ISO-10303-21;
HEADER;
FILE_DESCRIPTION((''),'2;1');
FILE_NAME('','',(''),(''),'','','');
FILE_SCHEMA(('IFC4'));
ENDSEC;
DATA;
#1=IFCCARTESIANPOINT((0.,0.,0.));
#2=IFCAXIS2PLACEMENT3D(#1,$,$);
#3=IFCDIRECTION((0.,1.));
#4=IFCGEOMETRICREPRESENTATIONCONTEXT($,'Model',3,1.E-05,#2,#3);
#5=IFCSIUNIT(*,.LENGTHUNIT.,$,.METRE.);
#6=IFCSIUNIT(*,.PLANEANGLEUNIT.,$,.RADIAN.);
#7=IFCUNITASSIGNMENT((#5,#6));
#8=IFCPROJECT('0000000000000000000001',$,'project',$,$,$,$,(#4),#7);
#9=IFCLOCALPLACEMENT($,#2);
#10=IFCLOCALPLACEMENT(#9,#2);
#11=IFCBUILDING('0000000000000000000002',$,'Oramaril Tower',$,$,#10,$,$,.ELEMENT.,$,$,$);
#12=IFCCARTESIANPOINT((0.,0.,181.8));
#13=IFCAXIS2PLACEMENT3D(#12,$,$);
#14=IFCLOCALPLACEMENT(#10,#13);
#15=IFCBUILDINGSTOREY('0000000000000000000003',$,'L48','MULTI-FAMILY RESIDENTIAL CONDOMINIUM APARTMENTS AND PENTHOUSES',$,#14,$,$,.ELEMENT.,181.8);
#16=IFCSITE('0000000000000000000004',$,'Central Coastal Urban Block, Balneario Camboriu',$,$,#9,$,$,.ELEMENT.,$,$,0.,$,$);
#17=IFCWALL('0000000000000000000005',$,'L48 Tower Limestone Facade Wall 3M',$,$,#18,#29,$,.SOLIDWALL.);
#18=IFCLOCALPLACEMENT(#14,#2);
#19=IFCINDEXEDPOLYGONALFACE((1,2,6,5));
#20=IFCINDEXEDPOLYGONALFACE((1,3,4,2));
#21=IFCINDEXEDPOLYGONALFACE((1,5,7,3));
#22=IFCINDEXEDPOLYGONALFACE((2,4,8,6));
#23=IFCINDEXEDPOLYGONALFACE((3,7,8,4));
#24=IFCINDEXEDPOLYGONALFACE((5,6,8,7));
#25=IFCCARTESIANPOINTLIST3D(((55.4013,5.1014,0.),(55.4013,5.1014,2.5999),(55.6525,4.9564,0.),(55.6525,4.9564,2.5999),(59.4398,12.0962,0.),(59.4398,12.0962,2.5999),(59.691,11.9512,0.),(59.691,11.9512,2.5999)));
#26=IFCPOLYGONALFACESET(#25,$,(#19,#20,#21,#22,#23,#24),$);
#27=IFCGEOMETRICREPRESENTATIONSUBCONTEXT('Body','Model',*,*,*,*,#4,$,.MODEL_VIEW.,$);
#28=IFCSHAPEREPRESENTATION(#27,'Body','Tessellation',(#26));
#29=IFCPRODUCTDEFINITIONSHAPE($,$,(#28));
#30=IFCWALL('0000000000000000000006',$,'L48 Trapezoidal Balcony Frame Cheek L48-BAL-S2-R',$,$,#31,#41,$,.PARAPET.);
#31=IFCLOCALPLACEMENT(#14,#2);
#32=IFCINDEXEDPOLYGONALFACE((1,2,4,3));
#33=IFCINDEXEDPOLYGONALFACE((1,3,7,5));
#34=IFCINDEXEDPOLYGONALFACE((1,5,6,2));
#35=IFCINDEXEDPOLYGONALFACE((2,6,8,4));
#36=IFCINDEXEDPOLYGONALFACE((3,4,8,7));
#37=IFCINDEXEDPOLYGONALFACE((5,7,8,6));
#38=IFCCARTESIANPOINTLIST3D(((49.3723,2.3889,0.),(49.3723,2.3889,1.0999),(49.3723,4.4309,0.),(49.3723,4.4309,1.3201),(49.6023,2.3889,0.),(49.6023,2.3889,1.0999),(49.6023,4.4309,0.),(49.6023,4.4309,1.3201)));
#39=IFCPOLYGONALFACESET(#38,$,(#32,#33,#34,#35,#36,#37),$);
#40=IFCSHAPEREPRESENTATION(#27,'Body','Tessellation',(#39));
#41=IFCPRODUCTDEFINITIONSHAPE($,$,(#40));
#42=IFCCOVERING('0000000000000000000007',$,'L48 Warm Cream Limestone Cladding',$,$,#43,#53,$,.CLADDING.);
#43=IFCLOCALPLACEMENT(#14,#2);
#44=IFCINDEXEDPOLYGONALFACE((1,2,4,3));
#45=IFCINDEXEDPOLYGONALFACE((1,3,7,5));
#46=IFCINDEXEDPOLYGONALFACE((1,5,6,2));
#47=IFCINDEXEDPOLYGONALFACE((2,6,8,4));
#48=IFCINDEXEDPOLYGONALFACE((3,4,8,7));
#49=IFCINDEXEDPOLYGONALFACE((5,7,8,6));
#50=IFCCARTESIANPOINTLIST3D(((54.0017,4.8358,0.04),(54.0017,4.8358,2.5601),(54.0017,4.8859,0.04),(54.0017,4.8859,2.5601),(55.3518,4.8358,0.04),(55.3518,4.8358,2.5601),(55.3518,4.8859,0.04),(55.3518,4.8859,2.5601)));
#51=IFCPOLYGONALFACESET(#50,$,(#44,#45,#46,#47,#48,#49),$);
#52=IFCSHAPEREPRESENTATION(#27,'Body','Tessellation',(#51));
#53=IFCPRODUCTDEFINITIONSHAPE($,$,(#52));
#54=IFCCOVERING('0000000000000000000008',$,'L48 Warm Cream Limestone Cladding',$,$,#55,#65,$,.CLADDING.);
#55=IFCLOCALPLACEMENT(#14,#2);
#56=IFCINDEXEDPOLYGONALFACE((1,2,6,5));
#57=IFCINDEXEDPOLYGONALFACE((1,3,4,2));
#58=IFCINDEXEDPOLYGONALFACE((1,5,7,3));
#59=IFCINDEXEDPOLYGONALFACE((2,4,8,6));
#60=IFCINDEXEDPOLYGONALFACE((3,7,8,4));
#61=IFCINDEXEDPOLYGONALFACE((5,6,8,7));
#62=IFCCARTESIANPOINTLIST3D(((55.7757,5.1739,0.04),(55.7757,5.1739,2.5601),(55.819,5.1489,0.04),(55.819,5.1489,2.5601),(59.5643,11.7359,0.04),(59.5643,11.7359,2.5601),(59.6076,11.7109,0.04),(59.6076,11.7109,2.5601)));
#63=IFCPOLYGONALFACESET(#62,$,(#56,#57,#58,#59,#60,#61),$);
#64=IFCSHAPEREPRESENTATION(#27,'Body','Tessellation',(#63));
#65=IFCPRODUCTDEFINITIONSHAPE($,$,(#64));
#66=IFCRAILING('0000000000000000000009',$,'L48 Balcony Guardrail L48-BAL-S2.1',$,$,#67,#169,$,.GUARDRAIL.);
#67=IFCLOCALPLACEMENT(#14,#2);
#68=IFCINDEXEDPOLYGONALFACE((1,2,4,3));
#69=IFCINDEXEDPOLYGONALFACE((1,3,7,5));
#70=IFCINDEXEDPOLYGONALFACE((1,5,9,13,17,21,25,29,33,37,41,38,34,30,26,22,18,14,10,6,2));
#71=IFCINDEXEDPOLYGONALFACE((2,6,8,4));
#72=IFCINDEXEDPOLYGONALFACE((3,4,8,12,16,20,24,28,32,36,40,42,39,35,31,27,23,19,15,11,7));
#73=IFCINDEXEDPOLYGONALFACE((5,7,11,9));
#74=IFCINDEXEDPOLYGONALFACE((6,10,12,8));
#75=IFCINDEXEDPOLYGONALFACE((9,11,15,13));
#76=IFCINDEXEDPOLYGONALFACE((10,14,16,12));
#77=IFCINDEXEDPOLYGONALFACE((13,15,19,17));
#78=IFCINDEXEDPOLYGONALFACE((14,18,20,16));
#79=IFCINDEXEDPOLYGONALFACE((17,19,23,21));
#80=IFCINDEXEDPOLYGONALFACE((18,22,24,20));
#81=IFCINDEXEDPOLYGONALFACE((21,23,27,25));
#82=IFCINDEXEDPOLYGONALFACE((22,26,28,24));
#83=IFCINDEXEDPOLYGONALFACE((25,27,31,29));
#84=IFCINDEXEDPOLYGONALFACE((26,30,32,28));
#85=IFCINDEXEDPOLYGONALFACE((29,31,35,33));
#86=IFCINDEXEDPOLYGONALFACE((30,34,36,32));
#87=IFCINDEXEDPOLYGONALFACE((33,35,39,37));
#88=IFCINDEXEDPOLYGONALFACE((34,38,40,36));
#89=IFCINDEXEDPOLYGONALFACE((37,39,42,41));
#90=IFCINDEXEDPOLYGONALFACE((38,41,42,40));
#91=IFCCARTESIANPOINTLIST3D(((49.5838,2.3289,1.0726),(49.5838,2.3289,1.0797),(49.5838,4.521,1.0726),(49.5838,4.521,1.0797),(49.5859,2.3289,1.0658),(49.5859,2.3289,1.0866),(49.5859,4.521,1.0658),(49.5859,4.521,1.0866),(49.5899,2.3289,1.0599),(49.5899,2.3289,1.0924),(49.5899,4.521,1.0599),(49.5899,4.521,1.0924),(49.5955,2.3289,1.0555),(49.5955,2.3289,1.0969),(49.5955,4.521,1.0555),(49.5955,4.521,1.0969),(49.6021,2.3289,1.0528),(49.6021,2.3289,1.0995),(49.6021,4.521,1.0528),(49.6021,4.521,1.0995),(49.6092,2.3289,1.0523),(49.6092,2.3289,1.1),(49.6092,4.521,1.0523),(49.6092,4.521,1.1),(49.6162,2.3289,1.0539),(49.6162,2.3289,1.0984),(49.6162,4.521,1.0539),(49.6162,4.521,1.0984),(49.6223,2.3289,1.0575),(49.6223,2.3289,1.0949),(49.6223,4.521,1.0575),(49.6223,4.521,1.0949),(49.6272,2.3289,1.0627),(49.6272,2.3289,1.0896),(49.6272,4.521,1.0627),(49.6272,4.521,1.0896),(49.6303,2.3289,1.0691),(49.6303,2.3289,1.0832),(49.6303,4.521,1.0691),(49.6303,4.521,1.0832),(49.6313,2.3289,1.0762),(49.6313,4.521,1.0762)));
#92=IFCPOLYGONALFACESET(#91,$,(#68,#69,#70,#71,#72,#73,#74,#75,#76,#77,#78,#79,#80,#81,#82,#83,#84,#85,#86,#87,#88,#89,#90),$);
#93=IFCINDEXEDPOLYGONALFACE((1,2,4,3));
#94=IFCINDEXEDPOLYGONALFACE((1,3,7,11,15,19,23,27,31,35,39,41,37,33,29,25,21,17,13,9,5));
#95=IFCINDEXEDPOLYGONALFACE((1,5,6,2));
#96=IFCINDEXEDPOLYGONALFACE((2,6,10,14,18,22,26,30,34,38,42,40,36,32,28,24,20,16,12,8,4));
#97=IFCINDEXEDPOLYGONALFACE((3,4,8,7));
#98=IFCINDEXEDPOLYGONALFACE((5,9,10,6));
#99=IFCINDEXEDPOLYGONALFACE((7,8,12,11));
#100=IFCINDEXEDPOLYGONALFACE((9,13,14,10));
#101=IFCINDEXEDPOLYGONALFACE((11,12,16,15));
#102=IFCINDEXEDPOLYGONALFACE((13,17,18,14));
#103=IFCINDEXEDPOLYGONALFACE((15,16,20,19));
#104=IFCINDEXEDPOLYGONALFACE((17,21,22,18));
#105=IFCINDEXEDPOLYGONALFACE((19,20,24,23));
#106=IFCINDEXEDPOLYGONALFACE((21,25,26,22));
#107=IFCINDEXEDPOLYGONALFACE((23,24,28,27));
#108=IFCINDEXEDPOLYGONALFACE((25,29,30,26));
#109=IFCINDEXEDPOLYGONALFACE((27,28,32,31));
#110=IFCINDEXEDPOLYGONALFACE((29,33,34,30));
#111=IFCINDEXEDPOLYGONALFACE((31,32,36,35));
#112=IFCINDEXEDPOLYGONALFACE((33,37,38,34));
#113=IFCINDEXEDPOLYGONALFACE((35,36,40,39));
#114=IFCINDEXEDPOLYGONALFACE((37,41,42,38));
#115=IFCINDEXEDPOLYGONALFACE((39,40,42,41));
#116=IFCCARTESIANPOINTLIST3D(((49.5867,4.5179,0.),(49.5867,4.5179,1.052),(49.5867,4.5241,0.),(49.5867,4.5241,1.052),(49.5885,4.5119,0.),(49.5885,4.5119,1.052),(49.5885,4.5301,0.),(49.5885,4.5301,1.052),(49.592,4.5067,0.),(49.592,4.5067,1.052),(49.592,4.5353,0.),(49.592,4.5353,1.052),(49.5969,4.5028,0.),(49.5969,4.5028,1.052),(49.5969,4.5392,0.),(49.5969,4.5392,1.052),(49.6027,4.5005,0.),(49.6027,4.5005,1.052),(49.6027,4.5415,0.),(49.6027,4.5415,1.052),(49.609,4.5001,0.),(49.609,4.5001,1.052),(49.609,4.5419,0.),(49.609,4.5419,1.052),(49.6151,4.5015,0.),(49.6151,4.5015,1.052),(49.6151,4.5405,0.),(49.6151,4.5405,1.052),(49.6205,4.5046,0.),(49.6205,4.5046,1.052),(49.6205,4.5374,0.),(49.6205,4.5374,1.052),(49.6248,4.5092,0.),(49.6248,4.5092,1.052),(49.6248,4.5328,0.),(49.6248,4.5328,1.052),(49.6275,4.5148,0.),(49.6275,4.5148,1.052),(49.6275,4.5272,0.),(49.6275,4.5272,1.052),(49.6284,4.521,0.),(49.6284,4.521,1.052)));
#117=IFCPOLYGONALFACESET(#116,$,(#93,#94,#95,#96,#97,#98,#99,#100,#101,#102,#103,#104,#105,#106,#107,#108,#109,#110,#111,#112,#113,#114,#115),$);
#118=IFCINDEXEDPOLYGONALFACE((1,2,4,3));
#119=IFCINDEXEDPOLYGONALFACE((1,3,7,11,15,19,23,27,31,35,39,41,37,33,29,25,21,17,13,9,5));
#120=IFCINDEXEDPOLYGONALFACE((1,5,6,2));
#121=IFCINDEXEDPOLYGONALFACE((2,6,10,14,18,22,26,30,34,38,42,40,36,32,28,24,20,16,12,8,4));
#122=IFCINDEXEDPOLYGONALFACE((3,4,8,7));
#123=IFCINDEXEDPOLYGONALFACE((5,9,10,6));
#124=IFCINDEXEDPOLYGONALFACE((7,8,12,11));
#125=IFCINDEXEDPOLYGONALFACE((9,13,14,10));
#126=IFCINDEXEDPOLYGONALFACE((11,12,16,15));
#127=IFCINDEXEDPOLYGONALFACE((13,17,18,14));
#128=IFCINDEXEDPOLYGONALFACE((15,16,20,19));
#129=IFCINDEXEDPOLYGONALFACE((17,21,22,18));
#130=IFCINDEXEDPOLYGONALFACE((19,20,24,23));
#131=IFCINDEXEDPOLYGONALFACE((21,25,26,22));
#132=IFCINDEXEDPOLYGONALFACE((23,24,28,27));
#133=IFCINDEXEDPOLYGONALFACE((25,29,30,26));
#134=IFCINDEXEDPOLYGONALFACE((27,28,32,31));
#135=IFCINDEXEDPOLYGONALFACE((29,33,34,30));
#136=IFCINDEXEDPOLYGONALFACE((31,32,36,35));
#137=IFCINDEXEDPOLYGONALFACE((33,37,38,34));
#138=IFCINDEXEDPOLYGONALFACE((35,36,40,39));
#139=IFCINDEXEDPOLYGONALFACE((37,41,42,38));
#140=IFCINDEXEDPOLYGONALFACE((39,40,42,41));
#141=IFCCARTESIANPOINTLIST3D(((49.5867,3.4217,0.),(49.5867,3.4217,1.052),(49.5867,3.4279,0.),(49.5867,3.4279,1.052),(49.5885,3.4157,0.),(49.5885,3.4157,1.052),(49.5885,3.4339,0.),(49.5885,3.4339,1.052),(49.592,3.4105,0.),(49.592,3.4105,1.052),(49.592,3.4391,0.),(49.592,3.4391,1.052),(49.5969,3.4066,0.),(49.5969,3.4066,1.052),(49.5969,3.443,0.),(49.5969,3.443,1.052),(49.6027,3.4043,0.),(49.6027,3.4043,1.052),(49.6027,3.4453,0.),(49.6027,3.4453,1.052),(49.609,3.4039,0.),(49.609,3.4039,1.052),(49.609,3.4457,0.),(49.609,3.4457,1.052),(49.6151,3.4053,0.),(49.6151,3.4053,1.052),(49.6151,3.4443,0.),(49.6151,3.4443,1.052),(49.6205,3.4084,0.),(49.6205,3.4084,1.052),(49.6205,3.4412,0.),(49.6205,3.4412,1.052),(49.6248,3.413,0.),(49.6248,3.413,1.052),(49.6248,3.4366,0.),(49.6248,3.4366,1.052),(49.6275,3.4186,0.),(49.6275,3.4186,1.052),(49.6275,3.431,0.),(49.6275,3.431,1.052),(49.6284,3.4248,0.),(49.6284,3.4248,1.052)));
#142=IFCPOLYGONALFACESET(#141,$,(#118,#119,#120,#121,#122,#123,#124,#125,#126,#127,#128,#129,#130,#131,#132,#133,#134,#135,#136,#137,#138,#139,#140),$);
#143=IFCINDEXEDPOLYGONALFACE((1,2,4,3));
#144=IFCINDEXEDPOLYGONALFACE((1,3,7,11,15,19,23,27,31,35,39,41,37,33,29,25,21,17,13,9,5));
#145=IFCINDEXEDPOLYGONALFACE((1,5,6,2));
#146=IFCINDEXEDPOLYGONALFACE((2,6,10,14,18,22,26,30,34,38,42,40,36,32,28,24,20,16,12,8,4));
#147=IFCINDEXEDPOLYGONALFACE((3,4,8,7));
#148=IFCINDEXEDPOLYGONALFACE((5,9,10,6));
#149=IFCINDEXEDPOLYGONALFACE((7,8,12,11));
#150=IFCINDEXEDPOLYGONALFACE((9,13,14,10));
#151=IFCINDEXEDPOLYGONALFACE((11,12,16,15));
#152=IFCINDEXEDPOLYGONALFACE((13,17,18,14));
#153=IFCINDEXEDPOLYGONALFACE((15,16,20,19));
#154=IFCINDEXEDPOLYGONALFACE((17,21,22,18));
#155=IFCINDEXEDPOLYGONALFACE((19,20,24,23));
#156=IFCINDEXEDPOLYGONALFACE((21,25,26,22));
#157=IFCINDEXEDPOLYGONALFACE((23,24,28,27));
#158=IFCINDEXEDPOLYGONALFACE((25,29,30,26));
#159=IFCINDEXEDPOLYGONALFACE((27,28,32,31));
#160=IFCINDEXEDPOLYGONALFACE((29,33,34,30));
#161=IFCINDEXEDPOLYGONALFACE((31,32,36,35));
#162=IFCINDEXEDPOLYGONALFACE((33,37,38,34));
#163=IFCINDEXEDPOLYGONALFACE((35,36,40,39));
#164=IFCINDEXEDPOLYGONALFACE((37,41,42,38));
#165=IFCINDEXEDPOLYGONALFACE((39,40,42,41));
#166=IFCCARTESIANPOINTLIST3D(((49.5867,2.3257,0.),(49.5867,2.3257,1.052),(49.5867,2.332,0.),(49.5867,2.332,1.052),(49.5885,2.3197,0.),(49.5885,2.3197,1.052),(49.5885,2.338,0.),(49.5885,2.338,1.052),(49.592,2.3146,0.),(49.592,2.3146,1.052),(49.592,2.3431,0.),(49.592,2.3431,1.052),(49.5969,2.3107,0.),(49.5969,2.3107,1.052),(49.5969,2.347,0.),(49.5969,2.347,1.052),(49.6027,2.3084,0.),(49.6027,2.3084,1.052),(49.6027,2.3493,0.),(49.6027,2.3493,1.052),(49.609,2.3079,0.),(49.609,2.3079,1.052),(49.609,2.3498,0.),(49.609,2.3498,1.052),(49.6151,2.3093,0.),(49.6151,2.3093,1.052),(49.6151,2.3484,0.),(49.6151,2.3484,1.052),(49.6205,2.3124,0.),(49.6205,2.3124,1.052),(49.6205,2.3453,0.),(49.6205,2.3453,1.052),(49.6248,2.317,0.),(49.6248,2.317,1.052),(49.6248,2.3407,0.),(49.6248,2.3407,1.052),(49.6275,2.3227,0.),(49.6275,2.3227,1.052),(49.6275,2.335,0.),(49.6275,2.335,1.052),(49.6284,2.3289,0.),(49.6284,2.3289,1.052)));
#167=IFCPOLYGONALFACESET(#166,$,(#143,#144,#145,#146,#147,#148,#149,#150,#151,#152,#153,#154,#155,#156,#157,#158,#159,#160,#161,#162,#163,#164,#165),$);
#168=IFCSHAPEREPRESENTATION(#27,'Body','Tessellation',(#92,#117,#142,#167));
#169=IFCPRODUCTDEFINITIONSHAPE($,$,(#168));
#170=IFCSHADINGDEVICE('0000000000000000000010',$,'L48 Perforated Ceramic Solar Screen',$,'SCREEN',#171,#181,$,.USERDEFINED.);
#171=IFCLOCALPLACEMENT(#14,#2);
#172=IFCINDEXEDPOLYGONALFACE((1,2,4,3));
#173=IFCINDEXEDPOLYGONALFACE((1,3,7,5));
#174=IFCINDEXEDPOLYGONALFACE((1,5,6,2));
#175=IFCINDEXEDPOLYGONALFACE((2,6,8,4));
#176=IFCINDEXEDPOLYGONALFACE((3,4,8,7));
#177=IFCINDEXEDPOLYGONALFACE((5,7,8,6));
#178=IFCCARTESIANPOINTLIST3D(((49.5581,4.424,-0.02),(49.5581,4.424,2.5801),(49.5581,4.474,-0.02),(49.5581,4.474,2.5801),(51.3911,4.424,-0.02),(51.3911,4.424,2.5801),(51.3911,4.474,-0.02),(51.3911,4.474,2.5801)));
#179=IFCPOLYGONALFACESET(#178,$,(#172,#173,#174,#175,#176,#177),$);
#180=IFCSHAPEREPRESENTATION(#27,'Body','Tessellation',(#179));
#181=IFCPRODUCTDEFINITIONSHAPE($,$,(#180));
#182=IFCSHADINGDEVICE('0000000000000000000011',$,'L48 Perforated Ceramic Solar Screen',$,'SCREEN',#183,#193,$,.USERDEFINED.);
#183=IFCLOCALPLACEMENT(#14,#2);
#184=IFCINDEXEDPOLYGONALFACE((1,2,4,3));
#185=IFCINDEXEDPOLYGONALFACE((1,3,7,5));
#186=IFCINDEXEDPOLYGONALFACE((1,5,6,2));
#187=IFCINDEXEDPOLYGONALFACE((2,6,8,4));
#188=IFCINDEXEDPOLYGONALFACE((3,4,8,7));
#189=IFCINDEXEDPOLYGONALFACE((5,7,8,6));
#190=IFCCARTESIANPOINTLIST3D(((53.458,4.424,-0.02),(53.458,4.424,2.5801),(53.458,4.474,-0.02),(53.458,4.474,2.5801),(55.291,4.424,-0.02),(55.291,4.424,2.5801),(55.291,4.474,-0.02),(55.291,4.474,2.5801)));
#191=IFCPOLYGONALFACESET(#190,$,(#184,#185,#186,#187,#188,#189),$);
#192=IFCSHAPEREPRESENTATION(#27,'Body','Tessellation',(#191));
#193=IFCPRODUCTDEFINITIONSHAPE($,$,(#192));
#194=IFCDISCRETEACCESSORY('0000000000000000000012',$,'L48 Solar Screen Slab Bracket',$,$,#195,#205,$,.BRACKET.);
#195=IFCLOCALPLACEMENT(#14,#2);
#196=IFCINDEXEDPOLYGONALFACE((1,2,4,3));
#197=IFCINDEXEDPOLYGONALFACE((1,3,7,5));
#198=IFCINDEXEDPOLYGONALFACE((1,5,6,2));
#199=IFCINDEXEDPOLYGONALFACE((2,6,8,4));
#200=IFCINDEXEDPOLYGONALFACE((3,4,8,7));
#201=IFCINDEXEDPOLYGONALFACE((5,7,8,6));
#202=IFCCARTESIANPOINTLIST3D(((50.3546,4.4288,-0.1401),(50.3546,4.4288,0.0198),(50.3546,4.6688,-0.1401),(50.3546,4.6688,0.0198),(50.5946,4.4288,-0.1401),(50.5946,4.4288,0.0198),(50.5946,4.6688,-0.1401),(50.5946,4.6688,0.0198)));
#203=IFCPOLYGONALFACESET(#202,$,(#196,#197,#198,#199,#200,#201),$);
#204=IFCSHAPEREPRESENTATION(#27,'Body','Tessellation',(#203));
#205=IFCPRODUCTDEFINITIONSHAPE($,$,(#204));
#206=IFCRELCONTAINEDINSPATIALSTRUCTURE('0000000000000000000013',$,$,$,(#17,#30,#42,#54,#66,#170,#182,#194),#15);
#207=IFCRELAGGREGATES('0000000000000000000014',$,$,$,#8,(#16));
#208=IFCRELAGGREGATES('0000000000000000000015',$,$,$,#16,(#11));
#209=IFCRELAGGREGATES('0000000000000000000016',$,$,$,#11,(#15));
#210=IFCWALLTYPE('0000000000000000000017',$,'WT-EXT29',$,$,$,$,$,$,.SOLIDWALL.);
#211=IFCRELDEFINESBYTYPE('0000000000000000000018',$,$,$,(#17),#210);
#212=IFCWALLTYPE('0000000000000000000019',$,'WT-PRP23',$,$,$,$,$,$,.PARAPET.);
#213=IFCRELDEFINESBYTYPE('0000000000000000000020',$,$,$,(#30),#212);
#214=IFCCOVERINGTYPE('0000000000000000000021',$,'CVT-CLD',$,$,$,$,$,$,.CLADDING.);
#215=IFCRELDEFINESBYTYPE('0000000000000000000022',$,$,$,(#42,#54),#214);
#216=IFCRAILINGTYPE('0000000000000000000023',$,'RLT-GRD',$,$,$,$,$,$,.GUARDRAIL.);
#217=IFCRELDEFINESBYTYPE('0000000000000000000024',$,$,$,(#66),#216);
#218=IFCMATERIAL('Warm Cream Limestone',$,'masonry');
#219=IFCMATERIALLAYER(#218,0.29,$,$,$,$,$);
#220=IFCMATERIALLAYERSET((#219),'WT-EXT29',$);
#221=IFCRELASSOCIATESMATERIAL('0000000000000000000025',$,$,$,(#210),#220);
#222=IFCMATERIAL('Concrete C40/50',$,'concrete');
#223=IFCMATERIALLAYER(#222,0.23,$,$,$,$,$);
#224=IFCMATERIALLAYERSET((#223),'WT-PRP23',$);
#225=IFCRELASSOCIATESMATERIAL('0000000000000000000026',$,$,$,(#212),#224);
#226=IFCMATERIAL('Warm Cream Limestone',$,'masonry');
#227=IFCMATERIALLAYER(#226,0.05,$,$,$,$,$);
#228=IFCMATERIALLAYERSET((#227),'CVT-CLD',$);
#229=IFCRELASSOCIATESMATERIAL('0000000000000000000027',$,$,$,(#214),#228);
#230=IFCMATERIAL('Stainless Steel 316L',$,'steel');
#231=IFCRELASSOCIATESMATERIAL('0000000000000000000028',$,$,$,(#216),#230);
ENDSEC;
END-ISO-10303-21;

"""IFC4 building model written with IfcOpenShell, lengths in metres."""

from ifc_helpers import new_model, si_unit, direction, frame, frame_2d, origin, origin_2d, place, context, subcontext, project, spatial, polyline, rectangle, circle, outline, extrude, material, layer, layer_set, type_object, element, save


model = new_model("IFC4")

# Units and contexts
model_context = context("Model", 3, precision=1e-05, world=origin(), true_north=direction((0.0, 1.0)))
body_context = subcontext(model_context, "Body", "Model", "MODEL_VIEW")
ifc_project = project(units=[si_unit("LENGTHUNIT", "METRE"), si_unit("PLANEANGLEUNIT", "RADIAN")], contexts=[model_context])

# Site, building, storey
site_placement = place(None, origin())
site = spatial("IfcSite", under=ifc_project, at=site_placement, Name="Central Coastal Urban Block, Balneario Camboriu", CompositionType="ELEMENT", RefElevation=0.0)
building_placement = place(site_placement, origin())
building = spatial("IfcBuilding", under=site, at=building_placement, Name="Oramaril Tower", CompositionType="ELEMENT")
storey_placement = place(building_placement, frame((0.0, 0.0, 181.8)))
storey = spatial("IfcBuildingStorey", under=building, at=storey_placement, Name="L48", Description="MULTI-FAMILY RESIDENTIAL CONDOMINIUM APARTMENTS AND PENTHOUSES", CompositionType="ELEMENT", Elevation=181.8)

# Walls
ifc_material_1 = material(Name="Warm Cream Limestone", Category="masonry")
ifc_layer_1 = layer(ifc_material_1, 0.29)
ifc_layer_set_1 = layer_set([ifc_layer_1], Name="WT-EXT29")
wall_type_1 = type_object("IfcWallType", Name="WT-EXT29", PredefinedType="SOLIDWALL", material=ifc_layer_set_1)
wall_1_placement = place(storey_placement, frame((55.5269, 5.0288, 0.0), z_axis=(0.0, 0.0, 1.0), x_axis=(0.500008, 0.866021, 0.0)))
element("IfcWall", 1, at=wall_1_placement, inside=storey, type_object=wall_type_1, Name="L48 Tower Limestone Facade Wall 3M", PredefinedType="SOLIDWALL", context=body_context, shape_type="SweptSolid", body=[
    extrude(rectangle(XDim=8.0769, YDim=0.29, at=frame_2d((4.0386, 0.0))), origin(), (0.0, 0.0, 1.0), 2.5999),
])
ifc_material_2 = material(Name="Concrete C40/50", Category="concrete")
ifc_layer_2 = layer(ifc_material_2, 0.23)
ifc_layer_set_2 = layer_set([ifc_layer_2], Name="WT-PRP23")
wall_type_2 = type_object("IfcWallType", Name="WT-PRP23", PredefinedType="PARAPET", material=ifc_layer_set_2)
wall_2_placement = place(storey_placement, frame((49.4873, 4.4309, 0.0), z_axis=(0.0, 0.0, 1.0), x_axis=(0.0, -1.0, 0.0)))
element("IfcWall", 2, at=wall_2_placement, inside=storey, type_object=wall_type_2, Name="L48 Trapezoidal Balcony Frame Cheek L48-BAL-S2-R", PredefinedType="PARAPET", context=body_context, shape_type="SweptSolid", body=[
    extrude(outline(polyline([(0.0, 0.0), (2.042, 0.0), (2.042, 1.0999), (0.0, 1.3201), (0.0, 0.0)])), frame((0.0, 0.115, 0.0), z_axis=(0.0, -1.0, 0.0), x_axis=(1.0, 0.0, 0.0)), (0.0, 0.0, 1.0), 0.23),
])

# Coverings
ifc_material_3 = material(Name="Warm Cream Limestone", Category="masonry")
ifc_layer_3 = layer(ifc_material_3, 0.05)
ifc_layer_set_3 = layer_set([ifc_layer_3], Name="CVT-CLD")
covering_type = type_object("IfcCoveringType", Name="CVT-CLD", PredefinedType="CLADDING", material=ifc_layer_set_3)
covering_1_placement = place(storey_placement, frame((54.6768, 4.8608, 0.04), z_axis=(0.0, 0.0, 1.0), x_axis=(1.0, 0.0, 0.0)))
element("IfcCovering", 3, at=covering_1_placement, inside=storey, type_object=covering_type, Name="L48 Warm Cream Limestone Cladding", PredefinedType="CLADDING", context=body_context, shape_type="SweptSolid", body=[
    extrude(rectangle(XDim=1.3501, YDim=0.05, at=origin_2d()), origin(), (0.0, 0.0, 1.0), 2.52),
])
covering_2_placement = place(storey_placement, frame((57.6917, 8.4424, 0.04), z_axis=(0.0, 0.0, 1.0), x_axis=(0.500009, 0.86602, 0.0)))
element("IfcCovering", 4, at=covering_2_placement, inside=storey, type_object=covering_type, Name="L48 Warm Cream Limestone Cladding", PredefinedType="CLADDING", context=body_context, shape_type="SweptSolid", body=[
    extrude(rectangle(XDim=7.5771, YDim=0.05, at=origin_2d()), origin(), (0.0, 0.0, 1.0), 2.52),
])

# Railing
ifc_material_4 = material(Name="Stainless Steel 316L", Category="steel")
railing_type = type_object("IfcRailingType", Name="RLT-GRD", PredefinedType="GUARDRAIL", material=ifc_material_4)
railing_1_placement = place(storey_placement, frame((49.6074, 4.521, 0.0)))
element("IfcRailing", 5, at=railing_1_placement, inside=storey, type_object=railing_type, Name="L48 Balcony Guardrail L48-BAL-S2.1", PredefinedType="GUARDRAIL", context=body_context, shape_type="SweptSolid", body=[
    extrude(circle(Radius=0.0239, at=origin_2d()), frame((0.0, 0.0, 1.0762), z_axis=(0.0, -1.0, 0.0), x_axis=(1.0, 0.0, 0.0)), (0.0, 0.0, 1.0), 2.1921),
    extrude(circle(Radius=0.021, at=origin_2d()), origin(), (0.0, 0.0, 1.0), 1.052),
    extrude(circle(Radius=0.021, at=origin_2d()), frame((0.0, -1.0962, 0.0)), (0.0, 0.0, 1.0), 1.052),
    extrude(circle(Radius=0.021, at=origin_2d()), frame((0.0, -2.1921, 0.0)), (0.0, 0.0, 1.0), 1.052),
])

# Shading devices
for number, where, z_axis, x_axis, name in (
    (6, (50.4746, 4.449, -0.02), (0.0, 0.0, 1.0), (1.0, 0.0, 0.0), "L48 Perforated Ceramic Solar Screen"),
    (7, (54.3745, 4.449, -0.02), (0.0, 0.0, 1.0), (1.0, 0.0, 0.0), "L48 Perforated Ceramic Solar Screen"),
):
    element("IfcShadingDevice", number, at=place(storey_placement, frame(where, z_axis=z_axis, x_axis=x_axis)), inside=storey, Name=name, ObjectType="SCREEN", PredefinedType="USERDEFINED", context=body_context, shape_type="SweptSolid", body=[
        extrude(rectangle(XDim=1.833, YDim=0.05, at=origin_2d()), origin(), (0.0, 0.0, 1.0), 2.6001),
    ])

# Discrete accessory
for number, where, z_axis, x_axis, name in (
    (8, (50.4746, 4.5488, -0.1401), (0.0, 0.0, 1.0), (1.0, 0.0, 0.0), "L48 Solar Screen Slab Bracket"),
):
    element("IfcDiscreteAccessory", number, at=place(storey_placement, frame(where, z_axis=z_axis, x_axis=x_axis)), inside=storey, Name=name, PredefinedType="BRACKET", context=body_context, shape_type="SweptSolid", body=[
        extrude(rectangle(XDim=0.24, YDim=0.24, at=origin_2d()), origin(), (0.0, 0.0, 1.0), 0.1599),
    ])

save(model, "model.ifc")
